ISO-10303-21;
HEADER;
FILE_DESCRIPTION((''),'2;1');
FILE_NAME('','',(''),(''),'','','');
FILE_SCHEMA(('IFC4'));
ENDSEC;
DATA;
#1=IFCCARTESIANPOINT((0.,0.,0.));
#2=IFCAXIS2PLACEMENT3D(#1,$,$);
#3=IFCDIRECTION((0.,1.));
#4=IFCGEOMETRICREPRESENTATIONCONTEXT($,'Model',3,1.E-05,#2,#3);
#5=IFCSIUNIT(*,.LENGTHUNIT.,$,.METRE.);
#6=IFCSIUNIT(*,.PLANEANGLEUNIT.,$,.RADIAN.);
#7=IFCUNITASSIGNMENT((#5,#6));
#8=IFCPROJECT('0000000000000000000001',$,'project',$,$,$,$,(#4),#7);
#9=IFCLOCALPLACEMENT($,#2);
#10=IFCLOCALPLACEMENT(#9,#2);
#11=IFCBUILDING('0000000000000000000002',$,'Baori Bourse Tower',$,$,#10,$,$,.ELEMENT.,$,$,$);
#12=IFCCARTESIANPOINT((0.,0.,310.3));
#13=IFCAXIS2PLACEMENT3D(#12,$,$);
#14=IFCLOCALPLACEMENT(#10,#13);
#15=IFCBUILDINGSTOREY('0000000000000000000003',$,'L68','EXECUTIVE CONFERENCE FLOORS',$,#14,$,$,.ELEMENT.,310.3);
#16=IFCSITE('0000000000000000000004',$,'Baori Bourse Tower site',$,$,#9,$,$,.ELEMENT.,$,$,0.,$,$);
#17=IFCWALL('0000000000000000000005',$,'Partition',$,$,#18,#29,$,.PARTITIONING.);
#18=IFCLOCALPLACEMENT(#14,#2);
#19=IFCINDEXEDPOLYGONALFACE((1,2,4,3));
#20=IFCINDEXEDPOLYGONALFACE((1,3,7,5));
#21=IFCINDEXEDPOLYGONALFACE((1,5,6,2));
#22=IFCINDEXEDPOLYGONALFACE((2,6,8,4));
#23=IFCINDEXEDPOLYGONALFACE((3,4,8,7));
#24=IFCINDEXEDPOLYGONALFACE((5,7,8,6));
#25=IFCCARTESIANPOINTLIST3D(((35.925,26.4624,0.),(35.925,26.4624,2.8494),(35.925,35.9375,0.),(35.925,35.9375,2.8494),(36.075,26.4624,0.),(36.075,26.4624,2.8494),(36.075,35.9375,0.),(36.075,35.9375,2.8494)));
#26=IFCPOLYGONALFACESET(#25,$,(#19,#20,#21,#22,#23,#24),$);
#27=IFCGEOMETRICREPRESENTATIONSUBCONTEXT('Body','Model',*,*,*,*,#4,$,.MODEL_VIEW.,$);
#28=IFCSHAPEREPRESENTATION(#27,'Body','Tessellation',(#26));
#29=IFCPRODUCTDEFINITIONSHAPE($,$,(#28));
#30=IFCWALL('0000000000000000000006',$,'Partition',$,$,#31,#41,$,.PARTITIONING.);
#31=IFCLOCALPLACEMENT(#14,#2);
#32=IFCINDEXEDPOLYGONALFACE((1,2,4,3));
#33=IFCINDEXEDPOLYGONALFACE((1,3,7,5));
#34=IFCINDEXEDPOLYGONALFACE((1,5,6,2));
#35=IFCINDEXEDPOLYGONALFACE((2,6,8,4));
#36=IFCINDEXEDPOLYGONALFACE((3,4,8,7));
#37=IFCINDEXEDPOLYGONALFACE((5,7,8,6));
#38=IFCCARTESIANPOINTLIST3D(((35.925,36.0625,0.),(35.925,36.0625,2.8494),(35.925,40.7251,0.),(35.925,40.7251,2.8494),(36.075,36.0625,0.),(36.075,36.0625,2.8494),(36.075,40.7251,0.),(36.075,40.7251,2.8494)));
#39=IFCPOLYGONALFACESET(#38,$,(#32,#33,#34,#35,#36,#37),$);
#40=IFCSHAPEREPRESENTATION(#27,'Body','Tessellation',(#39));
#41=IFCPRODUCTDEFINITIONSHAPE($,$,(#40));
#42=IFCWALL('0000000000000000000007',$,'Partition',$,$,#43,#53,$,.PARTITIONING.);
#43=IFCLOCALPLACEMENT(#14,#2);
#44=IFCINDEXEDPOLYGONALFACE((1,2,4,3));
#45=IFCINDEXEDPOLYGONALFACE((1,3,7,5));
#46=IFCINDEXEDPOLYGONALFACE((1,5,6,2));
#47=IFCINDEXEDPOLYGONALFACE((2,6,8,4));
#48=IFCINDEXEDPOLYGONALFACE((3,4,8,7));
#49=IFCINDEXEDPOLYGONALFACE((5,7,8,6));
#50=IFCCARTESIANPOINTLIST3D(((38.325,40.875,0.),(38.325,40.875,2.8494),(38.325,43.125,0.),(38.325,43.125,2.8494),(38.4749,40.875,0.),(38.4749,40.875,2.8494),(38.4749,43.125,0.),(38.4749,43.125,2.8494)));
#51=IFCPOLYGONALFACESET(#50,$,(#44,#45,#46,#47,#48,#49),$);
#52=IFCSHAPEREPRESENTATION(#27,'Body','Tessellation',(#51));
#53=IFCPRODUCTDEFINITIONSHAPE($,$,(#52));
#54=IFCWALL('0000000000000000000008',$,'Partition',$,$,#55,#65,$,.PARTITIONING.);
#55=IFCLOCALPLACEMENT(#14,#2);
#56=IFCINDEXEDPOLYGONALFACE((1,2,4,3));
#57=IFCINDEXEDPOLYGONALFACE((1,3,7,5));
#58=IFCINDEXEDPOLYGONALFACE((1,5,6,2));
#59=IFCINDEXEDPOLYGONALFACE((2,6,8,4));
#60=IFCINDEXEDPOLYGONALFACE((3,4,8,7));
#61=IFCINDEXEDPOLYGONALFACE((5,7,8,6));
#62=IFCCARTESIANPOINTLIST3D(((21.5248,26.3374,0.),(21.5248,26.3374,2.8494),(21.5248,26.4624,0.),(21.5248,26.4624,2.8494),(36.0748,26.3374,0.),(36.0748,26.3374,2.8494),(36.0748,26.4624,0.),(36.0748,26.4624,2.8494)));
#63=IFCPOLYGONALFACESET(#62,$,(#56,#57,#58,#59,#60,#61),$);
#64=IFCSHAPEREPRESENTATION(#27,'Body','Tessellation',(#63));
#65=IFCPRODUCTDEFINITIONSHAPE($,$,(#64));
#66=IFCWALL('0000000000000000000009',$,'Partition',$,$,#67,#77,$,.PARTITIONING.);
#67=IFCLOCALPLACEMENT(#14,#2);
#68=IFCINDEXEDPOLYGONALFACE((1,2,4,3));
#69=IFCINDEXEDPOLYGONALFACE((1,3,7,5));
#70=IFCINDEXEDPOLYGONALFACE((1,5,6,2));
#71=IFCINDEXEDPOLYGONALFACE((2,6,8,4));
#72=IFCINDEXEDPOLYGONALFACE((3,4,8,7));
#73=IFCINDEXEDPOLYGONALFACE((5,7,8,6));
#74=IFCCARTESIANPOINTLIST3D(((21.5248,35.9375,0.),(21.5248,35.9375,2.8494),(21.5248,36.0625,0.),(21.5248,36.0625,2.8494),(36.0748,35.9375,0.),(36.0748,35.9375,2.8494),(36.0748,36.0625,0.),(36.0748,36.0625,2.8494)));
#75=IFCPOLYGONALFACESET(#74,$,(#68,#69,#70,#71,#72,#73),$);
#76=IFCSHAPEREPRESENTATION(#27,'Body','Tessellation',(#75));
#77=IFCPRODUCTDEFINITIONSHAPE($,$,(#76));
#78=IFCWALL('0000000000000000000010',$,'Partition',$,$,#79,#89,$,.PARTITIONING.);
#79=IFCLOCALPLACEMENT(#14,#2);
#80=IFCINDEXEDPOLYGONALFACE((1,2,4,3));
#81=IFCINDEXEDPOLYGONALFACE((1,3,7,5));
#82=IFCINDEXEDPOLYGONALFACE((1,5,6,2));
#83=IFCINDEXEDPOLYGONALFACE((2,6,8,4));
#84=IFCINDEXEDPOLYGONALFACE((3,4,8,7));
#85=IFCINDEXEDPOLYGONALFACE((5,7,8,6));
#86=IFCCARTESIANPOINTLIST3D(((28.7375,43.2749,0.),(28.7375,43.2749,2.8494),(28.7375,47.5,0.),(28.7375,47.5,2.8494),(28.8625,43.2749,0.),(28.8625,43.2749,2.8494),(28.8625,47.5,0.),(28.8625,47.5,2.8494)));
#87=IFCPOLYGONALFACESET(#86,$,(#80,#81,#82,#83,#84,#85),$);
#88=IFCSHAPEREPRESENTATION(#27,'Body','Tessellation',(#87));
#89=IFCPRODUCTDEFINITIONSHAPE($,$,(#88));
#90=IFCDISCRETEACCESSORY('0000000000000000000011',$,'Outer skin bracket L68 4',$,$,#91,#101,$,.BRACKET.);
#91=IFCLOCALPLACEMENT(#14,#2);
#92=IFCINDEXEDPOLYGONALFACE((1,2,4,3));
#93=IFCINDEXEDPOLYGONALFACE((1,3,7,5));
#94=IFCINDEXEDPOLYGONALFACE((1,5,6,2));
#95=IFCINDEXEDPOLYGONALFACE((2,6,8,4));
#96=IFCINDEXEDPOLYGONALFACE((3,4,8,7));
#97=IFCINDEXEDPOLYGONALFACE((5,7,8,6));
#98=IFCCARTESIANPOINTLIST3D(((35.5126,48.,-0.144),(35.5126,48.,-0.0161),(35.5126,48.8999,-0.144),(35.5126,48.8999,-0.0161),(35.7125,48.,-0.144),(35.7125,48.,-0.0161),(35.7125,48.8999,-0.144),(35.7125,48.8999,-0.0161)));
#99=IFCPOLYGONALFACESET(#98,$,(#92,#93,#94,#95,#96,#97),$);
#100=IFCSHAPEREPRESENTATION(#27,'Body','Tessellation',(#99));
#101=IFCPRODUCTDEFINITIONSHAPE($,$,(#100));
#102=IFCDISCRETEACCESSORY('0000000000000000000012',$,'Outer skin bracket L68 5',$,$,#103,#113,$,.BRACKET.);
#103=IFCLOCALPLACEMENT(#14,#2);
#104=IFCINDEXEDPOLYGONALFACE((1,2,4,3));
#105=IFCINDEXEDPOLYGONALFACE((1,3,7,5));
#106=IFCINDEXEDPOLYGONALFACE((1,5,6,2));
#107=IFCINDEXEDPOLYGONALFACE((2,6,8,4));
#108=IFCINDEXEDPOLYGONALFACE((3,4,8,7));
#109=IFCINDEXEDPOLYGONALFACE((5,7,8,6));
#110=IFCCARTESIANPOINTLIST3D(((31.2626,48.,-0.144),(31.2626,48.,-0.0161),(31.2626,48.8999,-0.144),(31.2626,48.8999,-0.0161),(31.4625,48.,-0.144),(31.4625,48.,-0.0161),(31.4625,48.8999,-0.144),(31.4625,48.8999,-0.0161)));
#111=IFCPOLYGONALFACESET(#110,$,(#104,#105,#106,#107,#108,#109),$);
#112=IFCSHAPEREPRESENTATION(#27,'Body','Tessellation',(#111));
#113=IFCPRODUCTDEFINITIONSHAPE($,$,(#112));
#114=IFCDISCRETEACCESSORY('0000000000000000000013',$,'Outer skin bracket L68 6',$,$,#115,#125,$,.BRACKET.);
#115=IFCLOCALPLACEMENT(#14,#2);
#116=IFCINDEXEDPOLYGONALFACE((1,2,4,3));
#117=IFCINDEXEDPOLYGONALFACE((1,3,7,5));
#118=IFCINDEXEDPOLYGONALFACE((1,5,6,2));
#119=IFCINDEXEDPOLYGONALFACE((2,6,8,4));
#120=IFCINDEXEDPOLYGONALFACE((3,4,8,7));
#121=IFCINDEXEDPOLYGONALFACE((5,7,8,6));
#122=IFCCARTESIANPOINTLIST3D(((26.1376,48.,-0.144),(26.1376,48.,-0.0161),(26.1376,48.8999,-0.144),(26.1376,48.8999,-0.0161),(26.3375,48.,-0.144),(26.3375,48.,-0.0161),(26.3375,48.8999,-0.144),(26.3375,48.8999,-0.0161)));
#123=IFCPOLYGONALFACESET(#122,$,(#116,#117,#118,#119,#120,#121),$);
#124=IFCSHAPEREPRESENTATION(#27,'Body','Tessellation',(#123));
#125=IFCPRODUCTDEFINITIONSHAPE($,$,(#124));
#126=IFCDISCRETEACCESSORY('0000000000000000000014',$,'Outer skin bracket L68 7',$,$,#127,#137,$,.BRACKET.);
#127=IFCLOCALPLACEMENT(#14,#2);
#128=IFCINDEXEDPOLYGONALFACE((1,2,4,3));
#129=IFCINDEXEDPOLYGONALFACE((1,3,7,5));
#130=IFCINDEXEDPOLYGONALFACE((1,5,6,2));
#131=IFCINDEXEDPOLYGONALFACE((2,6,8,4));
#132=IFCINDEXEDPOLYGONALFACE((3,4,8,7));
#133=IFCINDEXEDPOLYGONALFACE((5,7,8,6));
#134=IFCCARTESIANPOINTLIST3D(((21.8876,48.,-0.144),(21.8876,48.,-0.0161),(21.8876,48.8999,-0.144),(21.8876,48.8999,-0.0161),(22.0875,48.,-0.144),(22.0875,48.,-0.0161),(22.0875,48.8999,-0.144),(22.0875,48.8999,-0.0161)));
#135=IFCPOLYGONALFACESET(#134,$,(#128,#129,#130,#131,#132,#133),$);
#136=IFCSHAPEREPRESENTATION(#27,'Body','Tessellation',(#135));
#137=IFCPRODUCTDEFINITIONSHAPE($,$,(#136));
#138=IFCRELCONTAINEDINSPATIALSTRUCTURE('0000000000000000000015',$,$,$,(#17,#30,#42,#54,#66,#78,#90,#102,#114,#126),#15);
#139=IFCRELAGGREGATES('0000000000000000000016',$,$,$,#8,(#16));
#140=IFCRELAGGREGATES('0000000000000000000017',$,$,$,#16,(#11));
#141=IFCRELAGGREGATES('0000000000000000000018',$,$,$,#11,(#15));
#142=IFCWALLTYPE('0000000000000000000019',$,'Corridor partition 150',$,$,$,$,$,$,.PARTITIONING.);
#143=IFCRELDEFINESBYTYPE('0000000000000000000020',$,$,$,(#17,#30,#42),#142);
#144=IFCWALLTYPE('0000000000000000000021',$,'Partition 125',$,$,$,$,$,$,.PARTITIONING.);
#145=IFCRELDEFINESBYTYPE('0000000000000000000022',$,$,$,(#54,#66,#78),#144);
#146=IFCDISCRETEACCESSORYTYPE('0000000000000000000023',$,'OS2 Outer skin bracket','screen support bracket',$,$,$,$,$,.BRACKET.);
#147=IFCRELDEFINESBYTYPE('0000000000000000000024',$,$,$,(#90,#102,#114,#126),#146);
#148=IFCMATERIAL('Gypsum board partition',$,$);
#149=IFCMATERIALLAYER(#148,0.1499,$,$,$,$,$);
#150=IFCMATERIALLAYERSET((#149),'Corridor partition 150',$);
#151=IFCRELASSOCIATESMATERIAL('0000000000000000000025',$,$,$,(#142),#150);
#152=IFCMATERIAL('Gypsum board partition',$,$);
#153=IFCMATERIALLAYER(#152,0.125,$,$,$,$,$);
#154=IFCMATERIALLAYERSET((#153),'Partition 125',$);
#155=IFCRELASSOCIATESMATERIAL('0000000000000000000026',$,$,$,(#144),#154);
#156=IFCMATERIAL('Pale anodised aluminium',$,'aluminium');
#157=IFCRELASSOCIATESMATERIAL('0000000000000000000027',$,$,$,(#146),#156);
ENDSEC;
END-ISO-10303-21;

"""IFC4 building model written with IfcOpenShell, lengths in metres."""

from ifc_helpers import new_model, si_unit, direction, frame, frame_2d, origin, origin_2d, place, context, subcontext, project, spatial, rectangle, extrude, material, layer, layer_set, type_object, element, save


model = new_model("IFC4")

# Units and contexts
model_context = context("Model", 3, precision=1e-05, world=origin(), true_north=direction((0.0, 1.0)))
body_context = subcontext(model_context, "Body", "Model", "MODEL_VIEW")
ifc_project = project(units=[si_unit("LENGTHUNIT", "METRE"), si_unit("PLANEANGLEUNIT", "RADIAN")], contexts=[model_context])

# Site, building, storey
site_placement = place(None, origin())
site = spatial("IfcSite", under=ifc_project, at=site_placement, Name="Baori Bourse Tower site", CompositionType="ELEMENT", RefElevation=0.0)
building_placement = place(site_placement, origin())
building = spatial("IfcBuilding", under=site, at=building_placement, Name="Baori Bourse Tower", CompositionType="ELEMENT")
storey_placement = place(building_placement, frame((0.0, 0.0, 310.3)))
storey = spatial("IfcBuildingStorey", under=building, at=storey_placement, Name="L68", Description="EXECUTIVE CONFERENCE FLOORS", CompositionType="ELEMENT", Elevation=310.3)

# Shared definitions
ifc_material_1 = material(Name="Gypsum board partition")
ifc_layer_1 = layer(ifc_material_1, 0.1499)
ifc_layer_set_1 = layer_set([ifc_layer_1], Name="Corridor partition 150")
wall_type_1 = type_object("IfcWallType", Name="Corridor partition 150", PredefinedType="PARTITIONING", material=ifc_layer_set_1)

# Walls
wall_1_placement = place(storey_placement, frame((36.0, 26.4624, 0.0), z_axis=(0.0, 0.0, 1.0), x_axis=(0.0, 1.0, 0.0)))
element("IfcWall", 1, at=wall_1_placement, inside=storey, type_object=wall_type_1, Name="Partition", PredefinedType="PARTITIONING", context=body_context, shape_type="SweptSolid", body=[
    extrude(rectangle(XDim=9.4751, YDim=0.1499, at=frame_2d((4.7375, 0.0))), origin(), (0.0, 0.0, 1.0), 2.8494),
])
wall_2_placement = place(storey_placement, frame((36.0, 36.0625, 0.0), z_axis=(0.0, 0.0, 1.0), x_axis=(0.0, 1.0, 0.0)))
element("IfcWall", 2, at=wall_2_placement, inside=storey, type_object=wall_type_1, Name="Partition", PredefinedType="PARTITIONING", context=body_context, shape_type="SweptSolid", body=[
    extrude(rectangle(XDim=4.6626, YDim=0.1499, at=frame_2d((2.3313, 0.0))), origin(), (0.0, 0.0, 1.0), 2.8494),
])
wall_3_placement = place(storey_placement, frame((38.3999, 40.875, 0.0), z_axis=(0.0, 0.0, 1.0), x_axis=(0.0, 1.0, 0.0)))
element("IfcWall", 3, at=wall_3_placement, inside=storey, type_object=wall_type_1, Name="Partition", PredefinedType="PARTITIONING", context=body_context, shape_type="SweptSolid", body=[
    extrude(rectangle(XDim=2.25, YDim=0.1499, at=frame_2d((1.125, 0.0))), origin(), (0.0, 0.0, 1.0), 2.8494),
])
ifc_material_2 = material(Name="Gypsum board partition")
ifc_layer_2 = layer(ifc_material_2, 0.125)
ifc_layer_set_2 = layer_set([ifc_layer_2], Name="Partition 125")
wall_type_2 = type_object("IfcWallType", Name="Partition 125", PredefinedType="PARTITIONING", material=ifc_layer_set_2)
for number, where, z_axis, x_axis, name in (
    (4, (21.5249, 26.3999, 0.0), (0.0, 0.0, 1.0), (1.0, 0.0, 0.0), "Partition"),
    (5, (21.5249, 36.0, 0.0), (0.0, 0.0, 1.0), (1.0, 0.0, 0.0), "Partition"),
):
    element("IfcWall", number, at=place(storey_placement, frame(where, z_axis=z_axis, x_axis=x_axis)), inside=storey, type_object=wall_type_2, Name=name, PredefinedType="PARTITIONING", context=body_context, shape_type="SweptSolid", body=[
        extrude(rectangle(XDim=14.55, YDim=0.125, at=frame_2d((7.2749, 0.0))), origin(), (0.0, 0.0, 1.0), 2.8494),
    ])
wall_4_placement = place(storey_placement, frame((28.8, 43.2749, 0.0), z_axis=(0.0, 0.0, 1.0), x_axis=(0.0, 1.0, 0.0)))
element("IfcWall", 6, at=wall_4_placement, inside=storey, type_object=wall_type_2, Name="Partition", PredefinedType="PARTITIONING", context=body_context, shape_type="SweptSolid", body=[
    extrude(rectangle(XDim=4.2251, YDim=0.125, at=frame_2d((2.1125, 0.0))), origin(), (0.0, 0.0, 1.0), 2.8494),
])

# Discrete accessories
ifc_material_3 = material(Name="Pale anodised aluminium", Category="aluminium")
discrete_accessory_type = type_object("IfcDiscreteAccessoryType", Name="OS2 Outer skin bracket", Description="screen support bracket", PredefinedType="BRACKET", material=ifc_material_3)
for number, where, z_axis, x_axis, name in (
    (7, (35.6125, 48.45, -0.144), (0.0, 0.0, 1.0), (-1.0, 0.0, 0.0), "Outer skin bracket L68 4"),
    (8, (31.3625, 48.45, -0.144), (0.0, 0.0, 1.0), (-1.0, 0.0, 0.0), "Outer skin bracket L68 5"),
    (9, (26.2375, 48.45, -0.144), (0.0, 0.0, 1.0), (-1.0, 0.0, 0.0), "Outer skin bracket L68 6"),
    (10, (21.9875, 48.45, -0.144), (0.0, 0.0, 1.0), (-1.0, 0.0, 0.0), "Outer skin bracket L68 7"),
):
    element("IfcDiscreteAccessory", number, at=place(storey_placement, frame(where, z_axis=z_axis, x_axis=x_axis)), inside=storey, type_object=discrete_accessory_type, Name=name, PredefinedType="BRACKET", context=body_context, shape_type="SweptSolid", body=[
        extrude(rectangle(XDim=0.2, YDim=0.8999, at=origin_2d()), origin(), (0.0, 0.0, 1.0), 0.1279),
    ])

save(model, "model.ifc")
